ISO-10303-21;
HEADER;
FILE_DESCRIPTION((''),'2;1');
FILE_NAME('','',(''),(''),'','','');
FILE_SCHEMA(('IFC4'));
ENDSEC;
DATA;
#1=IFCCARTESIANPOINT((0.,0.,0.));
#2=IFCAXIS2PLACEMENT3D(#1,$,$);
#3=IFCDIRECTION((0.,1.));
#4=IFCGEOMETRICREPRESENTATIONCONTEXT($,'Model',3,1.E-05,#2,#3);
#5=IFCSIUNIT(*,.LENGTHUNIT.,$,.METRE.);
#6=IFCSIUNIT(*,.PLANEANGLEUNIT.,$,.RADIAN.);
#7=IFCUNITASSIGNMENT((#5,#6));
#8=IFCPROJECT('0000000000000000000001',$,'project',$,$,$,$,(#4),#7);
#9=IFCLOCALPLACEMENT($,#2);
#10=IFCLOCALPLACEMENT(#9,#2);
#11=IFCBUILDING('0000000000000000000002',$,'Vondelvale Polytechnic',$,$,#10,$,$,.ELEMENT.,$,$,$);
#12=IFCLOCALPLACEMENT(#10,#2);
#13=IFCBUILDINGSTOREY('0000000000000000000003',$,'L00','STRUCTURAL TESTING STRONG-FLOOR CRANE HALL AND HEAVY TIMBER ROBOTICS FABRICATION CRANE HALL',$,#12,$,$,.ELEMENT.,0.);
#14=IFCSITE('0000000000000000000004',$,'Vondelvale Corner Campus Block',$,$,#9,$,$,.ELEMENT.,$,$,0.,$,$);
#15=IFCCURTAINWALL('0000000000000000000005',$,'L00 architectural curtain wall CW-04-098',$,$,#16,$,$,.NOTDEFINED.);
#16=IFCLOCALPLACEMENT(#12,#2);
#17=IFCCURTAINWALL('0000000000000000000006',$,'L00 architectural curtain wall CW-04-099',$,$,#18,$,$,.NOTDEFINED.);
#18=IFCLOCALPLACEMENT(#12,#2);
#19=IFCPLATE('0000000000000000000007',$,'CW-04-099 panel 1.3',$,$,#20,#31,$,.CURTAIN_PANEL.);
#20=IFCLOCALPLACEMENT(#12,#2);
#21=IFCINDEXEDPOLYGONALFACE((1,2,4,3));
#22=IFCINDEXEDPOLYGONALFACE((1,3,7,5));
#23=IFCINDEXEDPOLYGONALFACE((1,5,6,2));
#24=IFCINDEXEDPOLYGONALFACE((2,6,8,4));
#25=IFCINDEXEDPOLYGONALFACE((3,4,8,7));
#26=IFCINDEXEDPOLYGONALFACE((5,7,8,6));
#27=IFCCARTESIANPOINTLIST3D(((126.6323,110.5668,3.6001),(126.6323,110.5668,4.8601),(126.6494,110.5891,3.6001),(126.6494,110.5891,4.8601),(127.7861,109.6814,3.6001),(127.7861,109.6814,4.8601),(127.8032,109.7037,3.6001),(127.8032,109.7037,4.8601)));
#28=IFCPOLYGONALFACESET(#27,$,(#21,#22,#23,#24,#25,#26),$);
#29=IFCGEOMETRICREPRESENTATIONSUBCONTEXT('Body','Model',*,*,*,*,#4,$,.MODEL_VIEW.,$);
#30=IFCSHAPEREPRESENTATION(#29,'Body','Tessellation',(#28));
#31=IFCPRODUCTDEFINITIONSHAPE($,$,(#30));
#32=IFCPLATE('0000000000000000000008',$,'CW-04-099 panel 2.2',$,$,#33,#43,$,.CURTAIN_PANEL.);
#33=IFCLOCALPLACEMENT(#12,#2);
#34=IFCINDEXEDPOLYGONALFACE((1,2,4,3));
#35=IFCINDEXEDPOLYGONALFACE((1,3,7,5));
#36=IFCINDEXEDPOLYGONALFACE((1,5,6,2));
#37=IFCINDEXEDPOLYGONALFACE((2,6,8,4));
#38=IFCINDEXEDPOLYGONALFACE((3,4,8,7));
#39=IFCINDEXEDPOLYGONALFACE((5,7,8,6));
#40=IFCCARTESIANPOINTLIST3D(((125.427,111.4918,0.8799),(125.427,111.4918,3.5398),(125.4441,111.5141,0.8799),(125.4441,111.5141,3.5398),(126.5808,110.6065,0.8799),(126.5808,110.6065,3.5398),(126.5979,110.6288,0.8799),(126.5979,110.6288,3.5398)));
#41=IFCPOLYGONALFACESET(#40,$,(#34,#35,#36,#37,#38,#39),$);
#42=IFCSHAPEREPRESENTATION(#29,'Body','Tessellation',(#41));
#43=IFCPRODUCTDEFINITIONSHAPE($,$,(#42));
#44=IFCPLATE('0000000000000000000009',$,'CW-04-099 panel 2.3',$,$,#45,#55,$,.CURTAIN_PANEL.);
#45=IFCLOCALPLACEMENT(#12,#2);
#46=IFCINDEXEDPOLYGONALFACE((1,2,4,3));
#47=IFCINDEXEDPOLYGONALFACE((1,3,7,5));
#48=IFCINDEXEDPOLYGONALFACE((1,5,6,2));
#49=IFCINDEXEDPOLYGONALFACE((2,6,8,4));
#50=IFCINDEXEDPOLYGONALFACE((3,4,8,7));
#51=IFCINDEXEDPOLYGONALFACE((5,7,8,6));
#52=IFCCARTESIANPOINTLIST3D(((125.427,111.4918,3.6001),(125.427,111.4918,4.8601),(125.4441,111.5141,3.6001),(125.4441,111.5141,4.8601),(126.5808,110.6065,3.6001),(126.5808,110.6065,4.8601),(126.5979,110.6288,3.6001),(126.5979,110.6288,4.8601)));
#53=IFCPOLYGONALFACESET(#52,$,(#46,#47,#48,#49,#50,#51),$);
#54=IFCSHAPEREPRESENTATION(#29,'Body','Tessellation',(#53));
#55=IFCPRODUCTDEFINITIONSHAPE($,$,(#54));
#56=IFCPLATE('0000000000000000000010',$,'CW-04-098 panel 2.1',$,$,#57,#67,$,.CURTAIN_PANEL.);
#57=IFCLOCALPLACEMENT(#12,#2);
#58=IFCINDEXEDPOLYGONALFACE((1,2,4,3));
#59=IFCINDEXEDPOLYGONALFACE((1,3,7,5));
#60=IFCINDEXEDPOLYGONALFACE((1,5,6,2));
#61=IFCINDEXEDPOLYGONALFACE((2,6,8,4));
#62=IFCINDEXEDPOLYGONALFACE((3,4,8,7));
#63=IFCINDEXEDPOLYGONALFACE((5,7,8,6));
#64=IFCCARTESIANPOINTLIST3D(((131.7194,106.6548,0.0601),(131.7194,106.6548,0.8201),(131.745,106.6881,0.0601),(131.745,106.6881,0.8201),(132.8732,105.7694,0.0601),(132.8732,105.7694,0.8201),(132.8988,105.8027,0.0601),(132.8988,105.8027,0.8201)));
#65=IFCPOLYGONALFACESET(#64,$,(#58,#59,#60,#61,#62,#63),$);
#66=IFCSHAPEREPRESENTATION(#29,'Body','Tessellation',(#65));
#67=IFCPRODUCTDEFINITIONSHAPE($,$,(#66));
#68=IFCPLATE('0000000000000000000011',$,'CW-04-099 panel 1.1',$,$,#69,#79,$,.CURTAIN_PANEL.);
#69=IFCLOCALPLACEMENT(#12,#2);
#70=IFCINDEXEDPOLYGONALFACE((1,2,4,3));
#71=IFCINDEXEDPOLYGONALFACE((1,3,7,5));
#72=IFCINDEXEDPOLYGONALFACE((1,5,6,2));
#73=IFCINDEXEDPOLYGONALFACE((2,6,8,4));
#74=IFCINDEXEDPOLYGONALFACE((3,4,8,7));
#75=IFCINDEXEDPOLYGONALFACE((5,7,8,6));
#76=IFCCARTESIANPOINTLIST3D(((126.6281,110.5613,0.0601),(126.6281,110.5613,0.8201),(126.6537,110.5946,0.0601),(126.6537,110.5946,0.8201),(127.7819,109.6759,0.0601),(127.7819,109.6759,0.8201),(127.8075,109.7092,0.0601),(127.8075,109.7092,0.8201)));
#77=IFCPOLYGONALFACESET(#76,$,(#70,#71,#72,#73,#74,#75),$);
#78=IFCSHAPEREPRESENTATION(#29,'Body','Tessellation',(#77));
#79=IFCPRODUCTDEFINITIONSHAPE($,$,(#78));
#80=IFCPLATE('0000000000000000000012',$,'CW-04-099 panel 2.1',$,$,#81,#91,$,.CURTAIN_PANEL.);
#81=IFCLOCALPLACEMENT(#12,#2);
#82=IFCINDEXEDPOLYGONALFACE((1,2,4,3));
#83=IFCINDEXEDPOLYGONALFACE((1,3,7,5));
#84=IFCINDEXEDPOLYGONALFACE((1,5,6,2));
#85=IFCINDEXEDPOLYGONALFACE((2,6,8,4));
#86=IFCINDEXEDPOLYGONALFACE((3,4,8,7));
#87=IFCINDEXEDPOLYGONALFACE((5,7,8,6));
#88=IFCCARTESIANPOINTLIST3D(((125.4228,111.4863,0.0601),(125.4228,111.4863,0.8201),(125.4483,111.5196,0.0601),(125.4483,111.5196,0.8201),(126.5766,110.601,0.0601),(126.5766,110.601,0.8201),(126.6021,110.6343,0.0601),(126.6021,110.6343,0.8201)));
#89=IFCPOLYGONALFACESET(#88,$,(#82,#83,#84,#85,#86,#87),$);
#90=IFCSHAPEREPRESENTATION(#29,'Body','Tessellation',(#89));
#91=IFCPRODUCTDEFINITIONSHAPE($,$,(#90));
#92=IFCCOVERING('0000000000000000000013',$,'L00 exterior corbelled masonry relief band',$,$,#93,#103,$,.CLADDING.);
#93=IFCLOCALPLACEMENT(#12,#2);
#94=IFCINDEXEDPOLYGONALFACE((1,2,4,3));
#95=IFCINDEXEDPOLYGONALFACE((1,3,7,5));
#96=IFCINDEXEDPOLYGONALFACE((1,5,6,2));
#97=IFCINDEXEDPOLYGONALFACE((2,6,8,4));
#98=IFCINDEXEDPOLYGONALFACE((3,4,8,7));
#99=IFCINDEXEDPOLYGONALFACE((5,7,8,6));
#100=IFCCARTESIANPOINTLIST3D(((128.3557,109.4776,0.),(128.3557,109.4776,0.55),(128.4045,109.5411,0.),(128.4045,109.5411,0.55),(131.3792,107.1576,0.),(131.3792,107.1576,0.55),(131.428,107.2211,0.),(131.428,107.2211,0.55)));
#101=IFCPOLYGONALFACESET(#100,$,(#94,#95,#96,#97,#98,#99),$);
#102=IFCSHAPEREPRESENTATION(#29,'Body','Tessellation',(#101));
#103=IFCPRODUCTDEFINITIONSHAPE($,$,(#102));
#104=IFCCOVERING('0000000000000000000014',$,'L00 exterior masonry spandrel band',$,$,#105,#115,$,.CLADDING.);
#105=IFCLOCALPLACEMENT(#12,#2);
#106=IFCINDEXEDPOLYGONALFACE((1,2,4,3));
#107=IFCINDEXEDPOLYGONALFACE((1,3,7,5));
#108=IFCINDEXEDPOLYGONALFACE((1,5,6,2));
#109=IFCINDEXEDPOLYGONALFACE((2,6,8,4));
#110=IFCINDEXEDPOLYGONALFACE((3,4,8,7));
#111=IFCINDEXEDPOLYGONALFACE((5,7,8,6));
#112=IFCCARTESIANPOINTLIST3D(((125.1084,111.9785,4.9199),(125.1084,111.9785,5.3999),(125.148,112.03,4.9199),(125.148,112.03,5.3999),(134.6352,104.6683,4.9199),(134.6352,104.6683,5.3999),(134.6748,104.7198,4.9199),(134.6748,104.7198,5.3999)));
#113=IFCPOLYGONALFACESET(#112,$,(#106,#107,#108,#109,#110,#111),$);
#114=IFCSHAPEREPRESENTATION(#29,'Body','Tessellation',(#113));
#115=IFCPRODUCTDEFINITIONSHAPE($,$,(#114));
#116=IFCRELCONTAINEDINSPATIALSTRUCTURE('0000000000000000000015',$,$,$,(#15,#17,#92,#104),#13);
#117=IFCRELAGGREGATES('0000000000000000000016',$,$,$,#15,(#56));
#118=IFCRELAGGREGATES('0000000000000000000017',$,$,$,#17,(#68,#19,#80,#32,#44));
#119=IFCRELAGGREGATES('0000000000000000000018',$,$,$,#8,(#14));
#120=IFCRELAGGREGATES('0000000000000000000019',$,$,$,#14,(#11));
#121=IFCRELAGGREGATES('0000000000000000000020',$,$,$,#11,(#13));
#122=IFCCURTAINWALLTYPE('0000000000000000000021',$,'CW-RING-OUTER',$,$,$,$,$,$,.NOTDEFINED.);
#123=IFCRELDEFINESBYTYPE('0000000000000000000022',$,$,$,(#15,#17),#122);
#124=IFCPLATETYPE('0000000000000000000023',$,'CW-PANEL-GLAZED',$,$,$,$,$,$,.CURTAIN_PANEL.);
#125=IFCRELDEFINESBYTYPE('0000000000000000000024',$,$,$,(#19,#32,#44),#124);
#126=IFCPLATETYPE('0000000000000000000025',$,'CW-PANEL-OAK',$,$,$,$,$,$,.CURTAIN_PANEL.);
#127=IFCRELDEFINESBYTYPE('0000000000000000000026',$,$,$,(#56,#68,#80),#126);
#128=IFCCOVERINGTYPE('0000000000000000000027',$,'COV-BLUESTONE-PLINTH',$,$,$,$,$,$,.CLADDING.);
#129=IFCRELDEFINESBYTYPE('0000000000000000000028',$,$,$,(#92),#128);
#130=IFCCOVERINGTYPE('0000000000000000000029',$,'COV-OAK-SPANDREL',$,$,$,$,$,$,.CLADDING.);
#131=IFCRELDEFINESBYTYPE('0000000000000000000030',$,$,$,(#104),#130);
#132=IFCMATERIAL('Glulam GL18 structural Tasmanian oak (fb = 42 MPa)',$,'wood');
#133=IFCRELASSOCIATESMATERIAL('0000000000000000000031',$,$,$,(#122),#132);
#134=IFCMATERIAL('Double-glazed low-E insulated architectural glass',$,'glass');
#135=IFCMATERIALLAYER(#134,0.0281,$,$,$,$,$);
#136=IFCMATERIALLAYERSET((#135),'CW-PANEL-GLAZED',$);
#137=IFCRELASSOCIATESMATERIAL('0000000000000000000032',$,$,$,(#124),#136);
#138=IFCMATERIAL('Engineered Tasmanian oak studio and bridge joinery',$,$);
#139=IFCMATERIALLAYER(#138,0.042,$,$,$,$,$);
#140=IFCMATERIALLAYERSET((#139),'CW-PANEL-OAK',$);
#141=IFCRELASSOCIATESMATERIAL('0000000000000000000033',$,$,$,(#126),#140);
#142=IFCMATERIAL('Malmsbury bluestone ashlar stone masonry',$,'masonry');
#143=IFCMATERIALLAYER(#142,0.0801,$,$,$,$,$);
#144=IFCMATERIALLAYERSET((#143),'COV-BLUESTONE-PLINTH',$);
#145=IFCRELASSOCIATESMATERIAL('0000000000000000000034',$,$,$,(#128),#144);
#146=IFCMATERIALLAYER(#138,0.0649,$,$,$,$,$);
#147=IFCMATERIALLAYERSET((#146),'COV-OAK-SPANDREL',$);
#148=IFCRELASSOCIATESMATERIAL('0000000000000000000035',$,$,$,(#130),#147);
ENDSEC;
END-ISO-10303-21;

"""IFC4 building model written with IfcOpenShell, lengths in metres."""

from ifc_helpers import new_model, si_unit, direction, frame, origin, origin_2d, place, context, subcontext, project, spatial, rectangle, extrude, material, layer, layer_set, type_object, element, aggregate, save


model = new_model("IFC4")

# Units and contexts
model_context = context("Model", 3, precision=1e-05, world=origin(), true_north=direction((0.0, 1.0)))
body_context = subcontext(model_context, "Body", "Model", "MODEL_VIEW")
ifc_project = project(units=[si_unit("LENGTHUNIT", "METRE"), si_unit("PLANEANGLEUNIT", "RADIAN")], contexts=[model_context])

# Site, building, storey
site_placement = place(None, origin())
site = spatial("IfcSite", under=ifc_project, at=site_placement, Name="Vondelvale Corner Campus Block", CompositionType="ELEMENT", RefElevation=0.0)
building_placement = place(site_placement, origin())
building = spatial("IfcBuilding", under=site, at=building_placement, Name="Vondelvale Polytechnic", CompositionType="ELEMENT")
storey_placement = place(building_placement, origin())
storey = spatial("IfcBuildingStorey", under=building, at=storey_placement, Name="L00", Description="STRUCTURAL TESTING STRONG-FLOOR CRANE HALL AND HEAVY TIMBER ROBOTICS FABRICATION CRANE HALL", CompositionType="ELEMENT", Elevation=0.0)

# Shared definitions
ifc_material_1 = material(Name="Glulam GL18 structural Tasmanian oak (fb = 42 MPa)", Category="wood")

# Curtain wall
curtain_wall_type = type_object("IfcCurtainWallType", Name="CW-RING-OUTER", PredefinedType="NOTDEFINED", material=ifc_material_1)
curtain_wall_1_placement = place(storey_placement, origin())
curtain_wall_1 = element("IfcCurtainWall", 1, at=curtain_wall_1_placement, inside=storey, type_object=curtain_wall_type, Name="L00 architectural curtain wall CW-04-098", PredefinedType="NOTDEFINED")

# Curtain wall, plates
curtain_wall_2_placement = place(storey_placement, origin())
curtain_wall_2 = element("IfcCurtainWall", 2, at=curtain_wall_2_placement, inside=storey, type_object=curtain_wall_type, Name="L00 architectural curtain wall CW-04-099", PredefinedType="NOTDEFINED")
ifc_material_2 = material(Name="Double-glazed low-E insulated architectural glass", Category="glass")
ifc_layer_1 = layer(ifc_material_2, 0.0281)
ifc_layer_set_1 = layer_set([ifc_layer_1], Name="CW-PANEL-GLAZED")
plate_type_1 = type_object("IfcPlateType", Name="CW-PANEL-GLAZED", PredefinedType="CURTAIN_PANEL", material=ifc_layer_set_1)
plate_1_placement = place(storey_placement, frame((127.2178, 110.1353, 3.6001), z_axis=(0.0, 0.0, 1.0), x_axis=(-0.793352, 0.608764, 0.0)))
plate_1 = element("IfcPlate", 3, at=plate_1_placement, type_object=plate_type_1, Name="CW-04-099 panel 1.3", PredefinedType="CURTAIN_PANEL", context=body_context, shape_type="SweptSolid", body=[
    extrude(rectangle(XDim=1.4543, YDim=0.0281, at=origin_2d()), origin(), (0.0, 0.0, 1.0), 1.26),
])
plate_2_placement = place(storey_placement, frame((126.0125, 111.0603, 0.8799), z_axis=(0.0, 0.0, 1.0), x_axis=(-0.793352, 0.608764, 0.0)))
plate_2 = element("IfcPlate", 4, at=plate_2_placement, type_object=plate_type_1, Name="CW-04-099 panel 2.2", PredefinedType="CURTAIN_PANEL", context=body_context, shape_type="SweptSolid", body=[
    extrude(rectangle(XDim=1.4543, YDim=0.0281, at=origin_2d()), origin(), (0.0, 0.0, 1.0), 2.6599),
])
plate_3_placement = place(storey_placement, frame((126.0125, 111.0603, 3.6001), z_axis=(0.0, 0.0, 1.0), x_axis=(-0.793352, 0.608764, 0.0)))
plate_3 = element("IfcPlate", 5, at=plate_3_placement, type_object=plate_type_1, Name="CW-04-099 panel 2.3", PredefinedType="CURTAIN_PANEL", context=body_context, shape_type="SweptSolid", body=[
    extrude(rectangle(XDim=1.4543, YDim=0.0281, at=origin_2d()), origin(), (0.0, 0.0, 1.0), 1.26),
])

# Plates
ifc_material_3 = material(Name="Engineered Tasmanian oak studio and bridge joinery")
ifc_layer_2 = layer(ifc_material_3, 0.042)
ifc_layer_set_2 = layer_set([ifc_layer_2], Name="CW-PANEL-OAK")
plate_type_2 = type_object("IfcPlateType", Name="CW-PANEL-OAK", PredefinedType="CURTAIN_PANEL", material=ifc_layer_set_2)
plate_4_placement = place(storey_placement, frame((132.3091, 106.2288, 0.0601), z_axis=(0.0, 0.0, 1.0), x_axis=(-0.793352, 0.608764, 0.0)))
plate_4 = element("IfcPlate", 6, at=plate_4_placement, type_object=plate_type_2, Name="CW-04-098 panel 2.1", PredefinedType="CURTAIN_PANEL", context=body_context, shape_type="SweptSolid", body=[
    extrude(rectangle(XDim=1.4543, YDim=0.042, at=origin_2d()), origin(), (0.0, 0.0, 1.0), 0.76),
])
aggregate(curtain_wall_1, [plate_4])
plate_5_placement = place(storey_placement, frame((127.2178, 110.1353, 0.0601), z_axis=(0.0, 0.0, 1.0), x_axis=(-0.793352, 0.608764, 0.0)))
plate_5 = element("IfcPlate", 7, at=plate_5_placement, type_object=plate_type_2, Name="CW-04-099 panel 1.1", PredefinedType="CURTAIN_PANEL", context=body_context, shape_type="SweptSolid", body=[
    extrude(rectangle(XDim=1.4543, YDim=0.042, at=origin_2d()), origin(), (0.0, 0.0, 1.0), 0.76),
])
plate_6_placement = place(storey_placement, frame((126.0125, 111.0603, 0.0601), z_axis=(0.0, 0.0, 1.0), x_axis=(-0.793352, 0.608764, 0.0)))
plate_6 = element("IfcPlate", 8, at=plate_6_placement, type_object=plate_type_2, Name="CW-04-099 panel 2.1", PredefinedType="CURTAIN_PANEL", context=body_context, shape_type="SweptSolid", body=[
    extrude(rectangle(XDim=1.4543, YDim=0.042, at=origin_2d()), origin(), (0.0, 0.0, 1.0), 0.76),
])
aggregate(curtain_wall_2, [plate_5, plate_1, plate_6, plate_2, plate_3])

# Coverings
ifc_material_4 = material(Name="Malmsbury bluestone ashlar stone masonry", Category="masonry")
ifc_layer_3 = layer(ifc_material_4, 0.0801)
ifc_layer_set_3 = layer_set([ifc_layer_3], Name="COV-BLUESTONE-PLINTH")
covering_type_1 = type_object("IfcCoveringType", Name="COV-BLUESTONE-PLINTH", PredefinedType="CLADDING", material=ifc_layer_set_3)
covering_1_placement = place(storey_placement, frame((129.8918, 108.3494, 0.0), z_axis=(0.0, 0.0, 1.0), x_axis=(0.793353, -0.608761, 0.0)))
element("IfcCovering", 9, at=covering_1_placement, inside=storey, type_object=covering_type_1, Name="L00 exterior corbelled masonry relief band", PredefinedType="CLADDING", context=body_context, shape_type="SweptSolid", body=[
    extrude(rectangle(XDim=3.811, YDim=0.0801, at=origin_2d()), origin(), (0.0, 0.0, 1.0), 0.55),
])
ifc_layer_4 = layer(ifc_material_3, 0.0649)
ifc_layer_set_4 = layer_set([ifc_layer_4], Name="COV-OAK-SPANDREL")
covering_type_2 = type_object("IfcCoveringType", Name="COV-OAK-SPANDREL", PredefinedType="CLADDING", material=ifc_layer_set_4)
covering_2_placement = place(storey_placement, frame((129.8916, 108.3491, 4.9199), z_axis=(0.0, 0.0, 1.0), x_axis=(-0.793353, 0.608761, 0.0)))
element("IfcCovering", 10, at=covering_2_placement, inside=storey, type_object=covering_type_2, Name="L00 exterior masonry spandrel band", PredefinedType="CLADDING", context=body_context, shape_type="SweptSolid", body=[
    extrude(rectangle(XDim=12.0083, YDim=0.0649, at=origin_2d()), origin(), (0.0, 0.0, 1.0), 0.48),
])

save(model, "model.ifc")
